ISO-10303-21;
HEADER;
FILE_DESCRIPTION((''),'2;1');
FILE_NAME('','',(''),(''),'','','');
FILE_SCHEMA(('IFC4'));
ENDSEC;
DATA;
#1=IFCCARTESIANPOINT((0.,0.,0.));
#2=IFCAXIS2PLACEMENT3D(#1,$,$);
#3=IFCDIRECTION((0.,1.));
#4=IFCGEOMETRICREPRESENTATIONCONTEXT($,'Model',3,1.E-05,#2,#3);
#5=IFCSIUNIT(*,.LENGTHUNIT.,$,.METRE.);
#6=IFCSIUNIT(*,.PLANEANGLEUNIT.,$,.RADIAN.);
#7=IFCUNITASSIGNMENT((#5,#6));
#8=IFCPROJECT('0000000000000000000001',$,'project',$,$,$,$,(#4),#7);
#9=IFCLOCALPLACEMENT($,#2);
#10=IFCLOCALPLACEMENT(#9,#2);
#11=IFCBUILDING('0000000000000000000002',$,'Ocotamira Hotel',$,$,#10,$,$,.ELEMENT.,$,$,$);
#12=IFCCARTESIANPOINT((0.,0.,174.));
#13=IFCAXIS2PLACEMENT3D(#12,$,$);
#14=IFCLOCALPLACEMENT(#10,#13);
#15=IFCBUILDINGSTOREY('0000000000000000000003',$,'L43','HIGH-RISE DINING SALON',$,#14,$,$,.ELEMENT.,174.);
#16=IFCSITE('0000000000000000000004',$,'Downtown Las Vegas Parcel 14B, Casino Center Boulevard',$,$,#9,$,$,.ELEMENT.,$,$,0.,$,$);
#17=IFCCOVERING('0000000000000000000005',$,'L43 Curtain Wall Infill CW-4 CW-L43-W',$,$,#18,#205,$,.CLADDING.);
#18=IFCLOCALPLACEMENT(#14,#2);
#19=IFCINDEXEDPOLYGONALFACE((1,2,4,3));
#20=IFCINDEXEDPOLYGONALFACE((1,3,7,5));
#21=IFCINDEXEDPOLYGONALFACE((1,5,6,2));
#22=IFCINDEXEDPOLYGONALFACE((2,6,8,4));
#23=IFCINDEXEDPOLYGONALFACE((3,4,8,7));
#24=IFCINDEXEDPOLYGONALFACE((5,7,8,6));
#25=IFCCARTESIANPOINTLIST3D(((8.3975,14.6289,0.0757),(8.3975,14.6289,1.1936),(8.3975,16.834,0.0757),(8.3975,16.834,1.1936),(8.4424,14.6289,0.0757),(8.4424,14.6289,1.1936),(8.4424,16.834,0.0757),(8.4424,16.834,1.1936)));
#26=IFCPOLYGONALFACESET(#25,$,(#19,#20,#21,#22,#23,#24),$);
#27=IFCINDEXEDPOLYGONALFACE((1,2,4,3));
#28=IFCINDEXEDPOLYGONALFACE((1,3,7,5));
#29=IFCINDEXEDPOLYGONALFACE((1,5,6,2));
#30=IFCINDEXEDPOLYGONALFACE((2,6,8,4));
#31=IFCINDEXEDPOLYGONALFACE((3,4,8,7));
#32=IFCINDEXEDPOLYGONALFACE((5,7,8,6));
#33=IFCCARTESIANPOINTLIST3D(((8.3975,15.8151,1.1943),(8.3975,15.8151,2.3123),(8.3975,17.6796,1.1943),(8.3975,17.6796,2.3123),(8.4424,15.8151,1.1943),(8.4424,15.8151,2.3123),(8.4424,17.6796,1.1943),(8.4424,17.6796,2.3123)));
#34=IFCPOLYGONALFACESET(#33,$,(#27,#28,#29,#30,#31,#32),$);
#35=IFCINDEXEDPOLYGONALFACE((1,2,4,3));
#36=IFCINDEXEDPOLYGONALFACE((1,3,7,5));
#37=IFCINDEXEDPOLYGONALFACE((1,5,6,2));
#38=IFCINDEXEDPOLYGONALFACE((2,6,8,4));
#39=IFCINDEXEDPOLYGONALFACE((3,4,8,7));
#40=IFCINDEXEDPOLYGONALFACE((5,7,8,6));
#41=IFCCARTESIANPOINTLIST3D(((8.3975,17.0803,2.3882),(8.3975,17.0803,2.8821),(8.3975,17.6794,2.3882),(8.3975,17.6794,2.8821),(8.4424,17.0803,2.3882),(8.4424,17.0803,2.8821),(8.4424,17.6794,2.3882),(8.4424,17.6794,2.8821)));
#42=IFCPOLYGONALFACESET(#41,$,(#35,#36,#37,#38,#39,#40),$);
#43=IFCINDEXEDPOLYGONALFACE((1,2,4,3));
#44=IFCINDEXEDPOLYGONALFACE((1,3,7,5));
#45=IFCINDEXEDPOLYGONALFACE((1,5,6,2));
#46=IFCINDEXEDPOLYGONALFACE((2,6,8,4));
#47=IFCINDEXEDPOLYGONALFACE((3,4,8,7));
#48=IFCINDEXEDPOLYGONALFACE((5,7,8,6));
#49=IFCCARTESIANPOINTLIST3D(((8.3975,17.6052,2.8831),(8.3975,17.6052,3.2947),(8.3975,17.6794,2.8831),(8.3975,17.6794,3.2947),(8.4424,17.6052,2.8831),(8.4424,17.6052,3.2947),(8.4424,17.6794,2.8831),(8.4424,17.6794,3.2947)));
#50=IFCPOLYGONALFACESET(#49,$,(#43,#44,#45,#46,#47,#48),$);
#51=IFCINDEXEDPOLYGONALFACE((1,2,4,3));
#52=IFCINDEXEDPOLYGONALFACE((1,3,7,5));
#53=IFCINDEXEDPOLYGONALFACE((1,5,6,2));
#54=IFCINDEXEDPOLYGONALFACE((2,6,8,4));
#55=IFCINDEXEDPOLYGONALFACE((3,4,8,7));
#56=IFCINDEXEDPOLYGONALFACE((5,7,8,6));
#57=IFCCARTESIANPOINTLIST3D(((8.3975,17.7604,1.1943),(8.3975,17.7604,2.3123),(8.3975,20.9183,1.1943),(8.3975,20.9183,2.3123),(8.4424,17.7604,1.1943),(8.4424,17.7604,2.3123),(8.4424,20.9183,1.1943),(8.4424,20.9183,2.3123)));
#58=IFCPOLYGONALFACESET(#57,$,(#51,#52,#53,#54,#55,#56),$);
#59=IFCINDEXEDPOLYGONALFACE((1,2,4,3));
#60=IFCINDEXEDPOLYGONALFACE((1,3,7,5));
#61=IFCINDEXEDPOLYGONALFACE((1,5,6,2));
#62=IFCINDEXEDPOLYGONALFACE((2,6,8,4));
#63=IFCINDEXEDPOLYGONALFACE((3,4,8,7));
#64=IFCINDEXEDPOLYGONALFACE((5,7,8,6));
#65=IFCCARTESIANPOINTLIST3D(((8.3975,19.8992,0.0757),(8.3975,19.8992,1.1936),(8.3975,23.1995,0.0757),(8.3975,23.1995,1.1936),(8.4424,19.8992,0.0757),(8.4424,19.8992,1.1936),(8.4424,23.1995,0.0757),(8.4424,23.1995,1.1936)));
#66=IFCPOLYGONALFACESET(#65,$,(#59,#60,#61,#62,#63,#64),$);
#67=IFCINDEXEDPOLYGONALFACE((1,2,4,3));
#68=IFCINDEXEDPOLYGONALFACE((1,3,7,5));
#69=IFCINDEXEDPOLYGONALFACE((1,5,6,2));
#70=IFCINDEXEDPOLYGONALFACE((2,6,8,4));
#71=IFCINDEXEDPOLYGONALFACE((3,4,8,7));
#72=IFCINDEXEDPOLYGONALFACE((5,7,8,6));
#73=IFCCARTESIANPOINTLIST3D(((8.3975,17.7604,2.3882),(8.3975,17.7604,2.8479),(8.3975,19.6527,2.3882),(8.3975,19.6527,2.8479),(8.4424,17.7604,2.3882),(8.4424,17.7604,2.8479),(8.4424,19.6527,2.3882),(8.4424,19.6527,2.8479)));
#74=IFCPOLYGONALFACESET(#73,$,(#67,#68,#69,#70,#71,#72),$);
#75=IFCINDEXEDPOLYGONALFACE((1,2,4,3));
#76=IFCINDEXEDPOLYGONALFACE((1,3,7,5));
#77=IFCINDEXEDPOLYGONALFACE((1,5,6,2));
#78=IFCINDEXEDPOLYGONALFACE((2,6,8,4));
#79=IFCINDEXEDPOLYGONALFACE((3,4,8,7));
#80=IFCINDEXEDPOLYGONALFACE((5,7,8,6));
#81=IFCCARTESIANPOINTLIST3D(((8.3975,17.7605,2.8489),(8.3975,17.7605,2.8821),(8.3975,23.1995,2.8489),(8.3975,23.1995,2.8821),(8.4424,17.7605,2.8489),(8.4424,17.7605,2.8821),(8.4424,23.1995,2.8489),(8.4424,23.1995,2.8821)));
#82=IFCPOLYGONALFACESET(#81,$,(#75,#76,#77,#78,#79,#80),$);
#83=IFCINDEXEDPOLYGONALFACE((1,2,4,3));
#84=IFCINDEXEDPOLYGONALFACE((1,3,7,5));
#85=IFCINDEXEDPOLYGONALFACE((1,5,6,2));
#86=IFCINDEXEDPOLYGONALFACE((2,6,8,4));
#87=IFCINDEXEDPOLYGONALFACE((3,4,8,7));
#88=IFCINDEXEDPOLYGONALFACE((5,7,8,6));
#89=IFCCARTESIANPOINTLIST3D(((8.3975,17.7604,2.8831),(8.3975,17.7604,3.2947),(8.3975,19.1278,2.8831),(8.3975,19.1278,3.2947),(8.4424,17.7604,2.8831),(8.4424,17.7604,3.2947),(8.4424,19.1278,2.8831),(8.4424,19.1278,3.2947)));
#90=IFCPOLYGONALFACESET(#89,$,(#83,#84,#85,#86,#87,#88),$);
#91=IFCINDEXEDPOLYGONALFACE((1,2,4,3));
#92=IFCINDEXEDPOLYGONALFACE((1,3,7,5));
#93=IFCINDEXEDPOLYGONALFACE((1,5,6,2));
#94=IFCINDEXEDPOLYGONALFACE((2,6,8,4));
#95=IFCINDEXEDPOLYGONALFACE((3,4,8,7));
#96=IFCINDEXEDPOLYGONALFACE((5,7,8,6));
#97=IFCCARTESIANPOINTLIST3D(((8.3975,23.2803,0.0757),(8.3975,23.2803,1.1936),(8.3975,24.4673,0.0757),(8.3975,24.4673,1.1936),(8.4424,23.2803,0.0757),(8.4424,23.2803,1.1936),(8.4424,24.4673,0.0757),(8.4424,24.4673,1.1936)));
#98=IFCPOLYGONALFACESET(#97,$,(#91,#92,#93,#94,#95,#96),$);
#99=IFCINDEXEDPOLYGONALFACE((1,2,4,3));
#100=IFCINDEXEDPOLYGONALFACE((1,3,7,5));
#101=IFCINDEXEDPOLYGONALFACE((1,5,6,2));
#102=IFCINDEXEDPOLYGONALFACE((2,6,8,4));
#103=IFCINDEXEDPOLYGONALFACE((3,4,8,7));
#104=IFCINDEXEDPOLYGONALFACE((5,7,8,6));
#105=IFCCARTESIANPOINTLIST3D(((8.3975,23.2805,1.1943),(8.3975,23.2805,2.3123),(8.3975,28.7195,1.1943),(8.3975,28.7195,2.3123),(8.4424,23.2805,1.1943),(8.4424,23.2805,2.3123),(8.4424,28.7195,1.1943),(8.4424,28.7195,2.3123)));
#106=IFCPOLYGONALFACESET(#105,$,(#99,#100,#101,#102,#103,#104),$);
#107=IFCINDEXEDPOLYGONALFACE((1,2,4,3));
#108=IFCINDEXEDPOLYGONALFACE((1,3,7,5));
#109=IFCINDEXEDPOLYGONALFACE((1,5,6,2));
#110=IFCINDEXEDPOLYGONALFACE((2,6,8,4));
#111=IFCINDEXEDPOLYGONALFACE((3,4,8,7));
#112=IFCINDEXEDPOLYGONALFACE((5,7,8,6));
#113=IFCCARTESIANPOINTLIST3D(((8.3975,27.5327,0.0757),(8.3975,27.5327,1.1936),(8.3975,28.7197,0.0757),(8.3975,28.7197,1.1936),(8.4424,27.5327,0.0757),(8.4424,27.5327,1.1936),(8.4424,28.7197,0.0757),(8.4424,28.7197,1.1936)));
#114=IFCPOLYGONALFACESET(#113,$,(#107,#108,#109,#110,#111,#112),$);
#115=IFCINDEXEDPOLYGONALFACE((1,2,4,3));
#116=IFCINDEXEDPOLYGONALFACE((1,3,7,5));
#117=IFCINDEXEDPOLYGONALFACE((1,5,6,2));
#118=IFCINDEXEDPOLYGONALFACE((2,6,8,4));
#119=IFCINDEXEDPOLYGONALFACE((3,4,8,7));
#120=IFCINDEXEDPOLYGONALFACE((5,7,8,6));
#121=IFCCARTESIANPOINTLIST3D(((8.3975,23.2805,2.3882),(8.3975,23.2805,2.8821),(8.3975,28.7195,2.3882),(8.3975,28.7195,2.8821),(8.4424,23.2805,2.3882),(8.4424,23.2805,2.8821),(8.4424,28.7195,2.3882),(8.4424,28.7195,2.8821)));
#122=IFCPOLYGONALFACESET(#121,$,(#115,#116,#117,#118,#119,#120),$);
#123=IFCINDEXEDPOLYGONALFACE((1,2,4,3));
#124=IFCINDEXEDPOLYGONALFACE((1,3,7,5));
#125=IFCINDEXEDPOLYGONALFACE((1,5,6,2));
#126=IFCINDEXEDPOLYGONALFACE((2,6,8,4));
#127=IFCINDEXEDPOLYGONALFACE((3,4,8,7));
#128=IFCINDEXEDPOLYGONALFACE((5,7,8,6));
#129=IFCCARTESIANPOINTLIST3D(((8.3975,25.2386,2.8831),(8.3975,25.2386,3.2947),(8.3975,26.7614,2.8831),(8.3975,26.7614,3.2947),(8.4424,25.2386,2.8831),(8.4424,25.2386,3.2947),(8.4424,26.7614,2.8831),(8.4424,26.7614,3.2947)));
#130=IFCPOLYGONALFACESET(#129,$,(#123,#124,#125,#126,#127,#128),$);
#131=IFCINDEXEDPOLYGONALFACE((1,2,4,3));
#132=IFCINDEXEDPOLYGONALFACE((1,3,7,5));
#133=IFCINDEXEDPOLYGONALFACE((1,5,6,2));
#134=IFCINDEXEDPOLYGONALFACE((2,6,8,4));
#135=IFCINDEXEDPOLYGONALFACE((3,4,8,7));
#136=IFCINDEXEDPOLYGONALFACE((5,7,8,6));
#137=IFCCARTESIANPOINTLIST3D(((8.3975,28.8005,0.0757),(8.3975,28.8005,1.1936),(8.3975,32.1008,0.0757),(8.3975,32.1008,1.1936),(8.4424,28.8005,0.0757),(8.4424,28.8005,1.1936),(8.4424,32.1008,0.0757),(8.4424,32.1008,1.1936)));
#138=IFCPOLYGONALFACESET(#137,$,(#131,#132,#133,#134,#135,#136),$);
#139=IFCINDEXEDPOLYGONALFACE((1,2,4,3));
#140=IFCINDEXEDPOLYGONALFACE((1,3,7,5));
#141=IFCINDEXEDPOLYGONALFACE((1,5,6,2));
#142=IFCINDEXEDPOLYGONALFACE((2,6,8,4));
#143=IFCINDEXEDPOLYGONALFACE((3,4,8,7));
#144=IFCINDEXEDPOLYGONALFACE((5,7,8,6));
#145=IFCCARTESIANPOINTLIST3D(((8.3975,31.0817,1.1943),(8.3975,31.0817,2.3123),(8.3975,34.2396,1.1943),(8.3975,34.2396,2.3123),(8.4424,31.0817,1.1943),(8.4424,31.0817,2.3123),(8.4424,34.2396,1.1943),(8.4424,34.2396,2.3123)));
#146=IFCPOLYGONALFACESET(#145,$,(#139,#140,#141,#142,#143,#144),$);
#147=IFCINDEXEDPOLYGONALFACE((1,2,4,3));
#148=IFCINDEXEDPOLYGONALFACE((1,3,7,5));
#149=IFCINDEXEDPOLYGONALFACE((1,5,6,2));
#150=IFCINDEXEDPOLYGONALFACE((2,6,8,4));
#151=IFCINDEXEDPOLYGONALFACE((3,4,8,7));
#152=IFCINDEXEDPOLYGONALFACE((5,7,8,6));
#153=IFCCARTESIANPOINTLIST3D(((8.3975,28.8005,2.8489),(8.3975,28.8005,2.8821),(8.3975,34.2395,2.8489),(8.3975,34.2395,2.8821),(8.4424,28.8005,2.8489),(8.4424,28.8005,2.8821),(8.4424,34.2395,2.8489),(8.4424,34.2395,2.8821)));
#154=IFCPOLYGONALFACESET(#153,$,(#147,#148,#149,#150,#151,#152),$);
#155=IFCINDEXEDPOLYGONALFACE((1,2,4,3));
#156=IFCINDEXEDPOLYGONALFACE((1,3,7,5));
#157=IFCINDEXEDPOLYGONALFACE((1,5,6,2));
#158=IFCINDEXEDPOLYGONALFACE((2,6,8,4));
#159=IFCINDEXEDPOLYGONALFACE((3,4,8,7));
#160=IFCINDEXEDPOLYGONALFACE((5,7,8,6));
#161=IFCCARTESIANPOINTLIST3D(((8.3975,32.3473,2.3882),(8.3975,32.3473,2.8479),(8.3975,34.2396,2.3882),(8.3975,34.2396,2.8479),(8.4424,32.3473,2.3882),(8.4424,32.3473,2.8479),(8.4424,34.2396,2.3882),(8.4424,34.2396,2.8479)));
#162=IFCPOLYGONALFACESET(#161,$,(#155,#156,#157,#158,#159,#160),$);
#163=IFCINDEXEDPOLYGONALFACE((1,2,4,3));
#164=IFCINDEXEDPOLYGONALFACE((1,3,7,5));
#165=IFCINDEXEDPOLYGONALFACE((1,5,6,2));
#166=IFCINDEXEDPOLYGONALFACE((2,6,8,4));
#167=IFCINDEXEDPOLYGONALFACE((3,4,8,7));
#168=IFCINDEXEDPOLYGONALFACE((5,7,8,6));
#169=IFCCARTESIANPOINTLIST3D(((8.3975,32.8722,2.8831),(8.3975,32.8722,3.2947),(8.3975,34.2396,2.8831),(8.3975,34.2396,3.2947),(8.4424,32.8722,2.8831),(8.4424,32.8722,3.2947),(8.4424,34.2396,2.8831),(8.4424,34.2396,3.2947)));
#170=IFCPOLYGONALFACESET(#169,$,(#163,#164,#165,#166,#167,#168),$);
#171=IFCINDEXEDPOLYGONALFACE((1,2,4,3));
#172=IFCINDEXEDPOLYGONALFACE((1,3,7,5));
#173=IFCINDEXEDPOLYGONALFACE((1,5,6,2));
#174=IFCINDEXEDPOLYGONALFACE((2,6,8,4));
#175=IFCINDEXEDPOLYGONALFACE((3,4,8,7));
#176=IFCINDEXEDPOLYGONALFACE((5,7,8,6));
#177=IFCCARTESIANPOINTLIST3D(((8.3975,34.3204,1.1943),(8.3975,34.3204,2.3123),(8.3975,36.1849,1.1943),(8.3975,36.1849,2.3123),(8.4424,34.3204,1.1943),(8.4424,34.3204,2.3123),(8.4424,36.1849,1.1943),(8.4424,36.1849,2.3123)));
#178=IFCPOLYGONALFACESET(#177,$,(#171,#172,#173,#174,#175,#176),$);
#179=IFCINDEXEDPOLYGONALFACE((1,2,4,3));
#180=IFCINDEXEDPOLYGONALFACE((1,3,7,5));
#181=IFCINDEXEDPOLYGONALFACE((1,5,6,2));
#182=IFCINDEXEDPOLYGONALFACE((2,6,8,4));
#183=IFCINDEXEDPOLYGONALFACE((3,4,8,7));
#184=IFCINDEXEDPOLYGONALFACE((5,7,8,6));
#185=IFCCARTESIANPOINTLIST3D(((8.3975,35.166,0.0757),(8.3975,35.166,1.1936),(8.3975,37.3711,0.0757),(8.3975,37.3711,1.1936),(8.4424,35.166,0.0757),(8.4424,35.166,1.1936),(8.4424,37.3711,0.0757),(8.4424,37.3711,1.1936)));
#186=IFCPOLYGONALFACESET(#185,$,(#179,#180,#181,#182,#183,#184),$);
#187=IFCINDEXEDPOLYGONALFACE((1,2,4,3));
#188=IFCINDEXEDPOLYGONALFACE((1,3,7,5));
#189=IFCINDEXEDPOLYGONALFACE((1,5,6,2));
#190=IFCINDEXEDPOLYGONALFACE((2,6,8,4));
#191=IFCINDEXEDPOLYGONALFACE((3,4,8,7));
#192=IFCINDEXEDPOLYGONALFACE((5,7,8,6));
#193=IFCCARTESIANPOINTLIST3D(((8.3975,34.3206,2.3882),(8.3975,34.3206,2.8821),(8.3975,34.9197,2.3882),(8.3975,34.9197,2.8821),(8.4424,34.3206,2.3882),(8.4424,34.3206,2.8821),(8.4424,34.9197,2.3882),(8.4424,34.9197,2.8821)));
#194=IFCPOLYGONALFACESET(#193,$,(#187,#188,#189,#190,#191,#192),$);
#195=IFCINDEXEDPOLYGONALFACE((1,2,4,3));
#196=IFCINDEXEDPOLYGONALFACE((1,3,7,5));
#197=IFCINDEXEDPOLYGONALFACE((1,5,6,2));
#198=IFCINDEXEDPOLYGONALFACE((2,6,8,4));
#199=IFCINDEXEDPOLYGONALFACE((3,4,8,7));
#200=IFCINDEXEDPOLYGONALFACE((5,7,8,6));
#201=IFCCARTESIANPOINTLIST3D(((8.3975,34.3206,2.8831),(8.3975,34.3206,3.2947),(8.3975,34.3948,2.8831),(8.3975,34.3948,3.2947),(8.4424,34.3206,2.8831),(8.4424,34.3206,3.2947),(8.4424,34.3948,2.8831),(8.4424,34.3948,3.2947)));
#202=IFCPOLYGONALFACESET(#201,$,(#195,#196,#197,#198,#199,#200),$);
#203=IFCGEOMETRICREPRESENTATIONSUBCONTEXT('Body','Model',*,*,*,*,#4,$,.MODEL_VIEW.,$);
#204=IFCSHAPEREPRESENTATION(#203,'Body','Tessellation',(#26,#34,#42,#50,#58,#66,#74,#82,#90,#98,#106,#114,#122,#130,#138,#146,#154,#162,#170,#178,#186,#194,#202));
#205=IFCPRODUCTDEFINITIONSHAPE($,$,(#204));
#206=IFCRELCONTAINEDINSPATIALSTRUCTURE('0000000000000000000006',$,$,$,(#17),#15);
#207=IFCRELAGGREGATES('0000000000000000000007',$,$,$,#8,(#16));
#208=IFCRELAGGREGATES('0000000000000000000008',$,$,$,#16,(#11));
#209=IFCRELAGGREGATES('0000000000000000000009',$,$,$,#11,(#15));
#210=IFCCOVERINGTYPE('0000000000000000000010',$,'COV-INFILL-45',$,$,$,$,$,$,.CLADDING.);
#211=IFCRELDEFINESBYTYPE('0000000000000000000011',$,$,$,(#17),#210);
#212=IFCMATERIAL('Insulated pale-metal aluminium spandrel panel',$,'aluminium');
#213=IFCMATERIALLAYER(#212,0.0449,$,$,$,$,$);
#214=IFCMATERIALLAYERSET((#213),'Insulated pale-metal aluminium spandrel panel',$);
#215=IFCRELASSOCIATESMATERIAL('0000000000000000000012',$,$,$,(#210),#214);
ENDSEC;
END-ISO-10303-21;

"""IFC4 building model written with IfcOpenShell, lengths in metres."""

from ifc_helpers import new_model, si_unit, direction, frame, origin, origin_2d, place, context, subcontext, project, spatial, rectangle, extrude, material, layer, layer_set, type_object, element, save


model = new_model("IFC4")

# Units and contexts
model_context = context("Model", 3, precision=1e-05, world=origin(), true_north=direction((0.0, 1.0)))
body_context = subcontext(model_context, "Body", "Model", "MODEL_VIEW")
ifc_project = project(units=[si_unit("LENGTHUNIT", "METRE"), si_unit("PLANEANGLEUNIT", "RADIAN")], contexts=[model_context])

# Site, building, storey
site_placement = place(None, origin())
site = spatial("IfcSite", under=ifc_project, at=site_placement, Name="Downtown Las Vegas Parcel 14B, Casino Center Boulevard", CompositionType="ELEMENT", RefElevation=0.0)
building_placement = place(site_placement, origin())
building = spatial("IfcBuilding", under=site, at=building_placement, Name="Ocotamira Hotel", CompositionType="ELEMENT")
storey_placement = place(building_placement, frame((0.0, 0.0, 174.0)))
storey = spatial("IfcBuildingStorey", under=building, at=storey_placement, Name="L43", Description="HIGH-RISE DINING SALON", CompositionType="ELEMENT", Elevation=174.0)

# Covering
ifc_material_1 = material(Name="Insulated pale-metal aluminium spandrel panel", Category="aluminium")
ifc_layer_1 = layer(ifc_material_1, 0.0449)
ifc_layer_set_1 = layer_set([ifc_layer_1], Name="Insulated pale-metal aluminium spandrel panel")
covering_type_1 = type_object("IfcCoveringType", Name="COV-INFILL-45", PredefinedType="CLADDING", material=ifc_layer_set_1)
covering_1_placement = place(storey_placement, origin())
element("IfcCovering", 1, at=covering_1_placement, inside=storey, type_object=covering_type_1, Name="L43 Curtain Wall Infill CW-4 CW-L43-W", PredefinedType="CLADDING", context=body_context, shape_type="SweptSolid", body=[
    extrude(rectangle(XDim=2.2051, YDim=0.0449, at=origin_2d()), frame((8.4199, 15.7314, 0.0757), z_axis=(0.0, 0.0, 1.0), x_axis=(0.0, 1.0, 0.0)), (0.0, 0.0, 1.0), 1.1179),
    extrude(rectangle(XDim=1.8645, YDim=0.0449, at=origin_2d()), frame((8.4199, 16.7473, 1.1943), z_axis=(0.0, 0.0, 1.0), x_axis=(0.0, 1.0, 0.0)), (0.0, 0.0, 1.0), 1.1179),
    extrude(rectangle(XDim=0.5991, YDim=0.0449, at=origin_2d()), frame((8.4199, 17.3799, 2.3882), z_axis=(0.0, 0.0, 1.0), x_axis=(0.0, 1.0, 0.0)), (0.0, 0.0, 1.0), 0.4939),
    extrude(rectangle(XDim=0.0742, YDim=0.0449, at=origin_2d()), frame((8.4199, 17.6423, 2.8831), z_axis=(0.0, 0.0, 1.0), x_axis=(0.0, 1.0, 0.0)), (0.0, 0.0, 1.0), 0.4116),
    extrude(rectangle(XDim=3.158, YDim=0.0449, at=origin_2d()), frame((8.4199, 19.3394, 1.1943), z_axis=(0.0, 0.0, 1.0), x_axis=(0.0, 1.0, 0.0)), (0.0, 0.0, 1.0), 1.1179),
    extrude(rectangle(XDim=3.3003, YDim=0.0449, at=origin_2d()), frame((8.4199, 21.5493, 0.0757), z_axis=(0.0, 0.0, 1.0), x_axis=(0.0, 1.0, 0.0)), (0.0, 0.0, 1.0), 1.1179),
    extrude(rectangle(XDim=1.8923, YDim=0.0449, at=origin_2d()), frame((8.4199, 18.7065, 2.3882), z_axis=(0.0, 0.0, 1.0), x_axis=(0.0, 1.0, 0.0)), (0.0, 0.0, 1.0), 0.4597),
    extrude(rectangle(XDim=5.439, YDim=0.0449, at=origin_2d()), frame((8.4199, 20.48, 2.8489), z_axis=(0.0, 0.0, 1.0), x_axis=(0.0, 1.0, 0.0)), (0.0, 0.0, 1.0), 0.0332),
    extrude(rectangle(XDim=1.3674, YDim=0.0449, at=origin_2d()), frame((8.4199, 18.4441, 2.8831), z_axis=(0.0, 0.0, 1.0), x_axis=(0.0, 1.0, 0.0)), (0.0, 0.0, 1.0), 0.4116),
    extrude(rectangle(XDim=1.187, YDim=0.0449, at=origin_2d()), frame((8.4199, 23.8738, 0.0757), z_axis=(0.0, 0.0, 1.0), x_axis=(0.0, 1.0, 0.0)), (0.0, 0.0, 1.0), 1.1179),
    extrude(rectangle(XDim=5.439, YDim=0.0449, at=origin_2d()), frame((8.4199, 26.0, 1.1943), z_axis=(0.0, 0.0, 1.0), x_axis=(0.0, 1.0, 0.0)), (0.0, 0.0, 1.0), 1.1179),
    extrude(rectangle(XDim=1.187, YDim=0.0449, at=origin_2d()), frame((8.4199, 28.1262, 0.0757), z_axis=(0.0, 0.0, 1.0), x_axis=(0.0, 1.0, 0.0)), (0.0, 0.0, 1.0), 1.1179),
    extrude(rectangle(XDim=5.439, YDim=0.0449, at=origin_2d()), frame((8.4199, 26.0, 2.3882), z_axis=(0.0, 0.0, 1.0), x_axis=(0.0, 1.0, 0.0)), (0.0, 0.0, 1.0), 0.4939),
    extrude(rectangle(XDim=1.5227, YDim=0.0449, at=origin_2d()), frame((8.4199, 26.0, 2.8831), z_axis=(0.0, 0.0, 1.0), x_axis=(0.0, 1.0, 0.0)), (0.0, 0.0, 1.0), 0.4116),
    extrude(rectangle(XDim=3.3003, YDim=0.0449, at=origin_2d()), frame((8.4199, 30.4507, 0.0757), z_axis=(0.0, 0.0, 1.0), x_axis=(0.0, 1.0, 0.0)), (0.0, 0.0, 1.0), 1.1179),
    extrude(rectangle(XDim=3.158, YDim=0.0449, at=origin_2d()), frame((8.4199, 32.6606, 1.1943), z_axis=(0.0, 0.0, 1.0), x_axis=(0.0, 1.0, 0.0)), (0.0, 0.0, 1.0), 1.1179),
    extrude(rectangle(XDim=5.439, YDim=0.0449, at=origin_2d()), frame((8.4199, 31.52, 2.8489), z_axis=(0.0, 0.0, 1.0), x_axis=(0.0, 1.0, 0.0)), (0.0, 0.0, 1.0), 0.0332),
    extrude(rectangle(XDim=1.8923, YDim=0.0449, at=origin_2d()), frame((8.4199, 33.2935, 2.3882), z_axis=(0.0, 0.0, 1.0), x_axis=(0.0, 1.0, 0.0)), (0.0, 0.0, 1.0), 0.4597),
    extrude(rectangle(XDim=1.3674, YDim=0.0449, at=origin_2d()), frame((8.4199, 33.5559, 2.8831), z_axis=(0.0, 0.0, 1.0), x_axis=(0.0, 1.0, 0.0)), (0.0, 0.0, 1.0), 0.4116),
    extrude(rectangle(XDim=1.8645, YDim=0.0449, at=origin_2d()), frame((8.4199, 35.2527, 1.1943), z_axis=(0.0, 0.0, 1.0), x_axis=(0.0, 1.0, 0.0)), (0.0, 0.0, 1.0), 1.1179),
    extrude(rectangle(XDim=2.2051, YDim=0.0449, at=origin_2d()), frame((8.4199, 36.2686, 0.0757), z_axis=(0.0, 0.0, 1.0), x_axis=(0.0, 1.0, 0.0)), (0.0, 0.0, 1.0), 1.1179),
    extrude(rectangle(XDim=0.5991, YDim=0.0449, at=origin_2d()), frame((8.4199, 34.6201, 2.3882), z_axis=(0.0, 0.0, 1.0), x_axis=(0.0, 1.0, 0.0)), (0.0, 0.0, 1.0), 0.4939),
    extrude(rectangle(XDim=0.0742, YDim=0.0449, at=origin_2d()), frame((8.4199, 34.3577, 2.8831), z_axis=(0.0, 0.0, 1.0), x_axis=(0.0, 1.0, 0.0)), (0.0, 0.0, 1.0), 0.4116),
])

save(model, "model.ifc")
